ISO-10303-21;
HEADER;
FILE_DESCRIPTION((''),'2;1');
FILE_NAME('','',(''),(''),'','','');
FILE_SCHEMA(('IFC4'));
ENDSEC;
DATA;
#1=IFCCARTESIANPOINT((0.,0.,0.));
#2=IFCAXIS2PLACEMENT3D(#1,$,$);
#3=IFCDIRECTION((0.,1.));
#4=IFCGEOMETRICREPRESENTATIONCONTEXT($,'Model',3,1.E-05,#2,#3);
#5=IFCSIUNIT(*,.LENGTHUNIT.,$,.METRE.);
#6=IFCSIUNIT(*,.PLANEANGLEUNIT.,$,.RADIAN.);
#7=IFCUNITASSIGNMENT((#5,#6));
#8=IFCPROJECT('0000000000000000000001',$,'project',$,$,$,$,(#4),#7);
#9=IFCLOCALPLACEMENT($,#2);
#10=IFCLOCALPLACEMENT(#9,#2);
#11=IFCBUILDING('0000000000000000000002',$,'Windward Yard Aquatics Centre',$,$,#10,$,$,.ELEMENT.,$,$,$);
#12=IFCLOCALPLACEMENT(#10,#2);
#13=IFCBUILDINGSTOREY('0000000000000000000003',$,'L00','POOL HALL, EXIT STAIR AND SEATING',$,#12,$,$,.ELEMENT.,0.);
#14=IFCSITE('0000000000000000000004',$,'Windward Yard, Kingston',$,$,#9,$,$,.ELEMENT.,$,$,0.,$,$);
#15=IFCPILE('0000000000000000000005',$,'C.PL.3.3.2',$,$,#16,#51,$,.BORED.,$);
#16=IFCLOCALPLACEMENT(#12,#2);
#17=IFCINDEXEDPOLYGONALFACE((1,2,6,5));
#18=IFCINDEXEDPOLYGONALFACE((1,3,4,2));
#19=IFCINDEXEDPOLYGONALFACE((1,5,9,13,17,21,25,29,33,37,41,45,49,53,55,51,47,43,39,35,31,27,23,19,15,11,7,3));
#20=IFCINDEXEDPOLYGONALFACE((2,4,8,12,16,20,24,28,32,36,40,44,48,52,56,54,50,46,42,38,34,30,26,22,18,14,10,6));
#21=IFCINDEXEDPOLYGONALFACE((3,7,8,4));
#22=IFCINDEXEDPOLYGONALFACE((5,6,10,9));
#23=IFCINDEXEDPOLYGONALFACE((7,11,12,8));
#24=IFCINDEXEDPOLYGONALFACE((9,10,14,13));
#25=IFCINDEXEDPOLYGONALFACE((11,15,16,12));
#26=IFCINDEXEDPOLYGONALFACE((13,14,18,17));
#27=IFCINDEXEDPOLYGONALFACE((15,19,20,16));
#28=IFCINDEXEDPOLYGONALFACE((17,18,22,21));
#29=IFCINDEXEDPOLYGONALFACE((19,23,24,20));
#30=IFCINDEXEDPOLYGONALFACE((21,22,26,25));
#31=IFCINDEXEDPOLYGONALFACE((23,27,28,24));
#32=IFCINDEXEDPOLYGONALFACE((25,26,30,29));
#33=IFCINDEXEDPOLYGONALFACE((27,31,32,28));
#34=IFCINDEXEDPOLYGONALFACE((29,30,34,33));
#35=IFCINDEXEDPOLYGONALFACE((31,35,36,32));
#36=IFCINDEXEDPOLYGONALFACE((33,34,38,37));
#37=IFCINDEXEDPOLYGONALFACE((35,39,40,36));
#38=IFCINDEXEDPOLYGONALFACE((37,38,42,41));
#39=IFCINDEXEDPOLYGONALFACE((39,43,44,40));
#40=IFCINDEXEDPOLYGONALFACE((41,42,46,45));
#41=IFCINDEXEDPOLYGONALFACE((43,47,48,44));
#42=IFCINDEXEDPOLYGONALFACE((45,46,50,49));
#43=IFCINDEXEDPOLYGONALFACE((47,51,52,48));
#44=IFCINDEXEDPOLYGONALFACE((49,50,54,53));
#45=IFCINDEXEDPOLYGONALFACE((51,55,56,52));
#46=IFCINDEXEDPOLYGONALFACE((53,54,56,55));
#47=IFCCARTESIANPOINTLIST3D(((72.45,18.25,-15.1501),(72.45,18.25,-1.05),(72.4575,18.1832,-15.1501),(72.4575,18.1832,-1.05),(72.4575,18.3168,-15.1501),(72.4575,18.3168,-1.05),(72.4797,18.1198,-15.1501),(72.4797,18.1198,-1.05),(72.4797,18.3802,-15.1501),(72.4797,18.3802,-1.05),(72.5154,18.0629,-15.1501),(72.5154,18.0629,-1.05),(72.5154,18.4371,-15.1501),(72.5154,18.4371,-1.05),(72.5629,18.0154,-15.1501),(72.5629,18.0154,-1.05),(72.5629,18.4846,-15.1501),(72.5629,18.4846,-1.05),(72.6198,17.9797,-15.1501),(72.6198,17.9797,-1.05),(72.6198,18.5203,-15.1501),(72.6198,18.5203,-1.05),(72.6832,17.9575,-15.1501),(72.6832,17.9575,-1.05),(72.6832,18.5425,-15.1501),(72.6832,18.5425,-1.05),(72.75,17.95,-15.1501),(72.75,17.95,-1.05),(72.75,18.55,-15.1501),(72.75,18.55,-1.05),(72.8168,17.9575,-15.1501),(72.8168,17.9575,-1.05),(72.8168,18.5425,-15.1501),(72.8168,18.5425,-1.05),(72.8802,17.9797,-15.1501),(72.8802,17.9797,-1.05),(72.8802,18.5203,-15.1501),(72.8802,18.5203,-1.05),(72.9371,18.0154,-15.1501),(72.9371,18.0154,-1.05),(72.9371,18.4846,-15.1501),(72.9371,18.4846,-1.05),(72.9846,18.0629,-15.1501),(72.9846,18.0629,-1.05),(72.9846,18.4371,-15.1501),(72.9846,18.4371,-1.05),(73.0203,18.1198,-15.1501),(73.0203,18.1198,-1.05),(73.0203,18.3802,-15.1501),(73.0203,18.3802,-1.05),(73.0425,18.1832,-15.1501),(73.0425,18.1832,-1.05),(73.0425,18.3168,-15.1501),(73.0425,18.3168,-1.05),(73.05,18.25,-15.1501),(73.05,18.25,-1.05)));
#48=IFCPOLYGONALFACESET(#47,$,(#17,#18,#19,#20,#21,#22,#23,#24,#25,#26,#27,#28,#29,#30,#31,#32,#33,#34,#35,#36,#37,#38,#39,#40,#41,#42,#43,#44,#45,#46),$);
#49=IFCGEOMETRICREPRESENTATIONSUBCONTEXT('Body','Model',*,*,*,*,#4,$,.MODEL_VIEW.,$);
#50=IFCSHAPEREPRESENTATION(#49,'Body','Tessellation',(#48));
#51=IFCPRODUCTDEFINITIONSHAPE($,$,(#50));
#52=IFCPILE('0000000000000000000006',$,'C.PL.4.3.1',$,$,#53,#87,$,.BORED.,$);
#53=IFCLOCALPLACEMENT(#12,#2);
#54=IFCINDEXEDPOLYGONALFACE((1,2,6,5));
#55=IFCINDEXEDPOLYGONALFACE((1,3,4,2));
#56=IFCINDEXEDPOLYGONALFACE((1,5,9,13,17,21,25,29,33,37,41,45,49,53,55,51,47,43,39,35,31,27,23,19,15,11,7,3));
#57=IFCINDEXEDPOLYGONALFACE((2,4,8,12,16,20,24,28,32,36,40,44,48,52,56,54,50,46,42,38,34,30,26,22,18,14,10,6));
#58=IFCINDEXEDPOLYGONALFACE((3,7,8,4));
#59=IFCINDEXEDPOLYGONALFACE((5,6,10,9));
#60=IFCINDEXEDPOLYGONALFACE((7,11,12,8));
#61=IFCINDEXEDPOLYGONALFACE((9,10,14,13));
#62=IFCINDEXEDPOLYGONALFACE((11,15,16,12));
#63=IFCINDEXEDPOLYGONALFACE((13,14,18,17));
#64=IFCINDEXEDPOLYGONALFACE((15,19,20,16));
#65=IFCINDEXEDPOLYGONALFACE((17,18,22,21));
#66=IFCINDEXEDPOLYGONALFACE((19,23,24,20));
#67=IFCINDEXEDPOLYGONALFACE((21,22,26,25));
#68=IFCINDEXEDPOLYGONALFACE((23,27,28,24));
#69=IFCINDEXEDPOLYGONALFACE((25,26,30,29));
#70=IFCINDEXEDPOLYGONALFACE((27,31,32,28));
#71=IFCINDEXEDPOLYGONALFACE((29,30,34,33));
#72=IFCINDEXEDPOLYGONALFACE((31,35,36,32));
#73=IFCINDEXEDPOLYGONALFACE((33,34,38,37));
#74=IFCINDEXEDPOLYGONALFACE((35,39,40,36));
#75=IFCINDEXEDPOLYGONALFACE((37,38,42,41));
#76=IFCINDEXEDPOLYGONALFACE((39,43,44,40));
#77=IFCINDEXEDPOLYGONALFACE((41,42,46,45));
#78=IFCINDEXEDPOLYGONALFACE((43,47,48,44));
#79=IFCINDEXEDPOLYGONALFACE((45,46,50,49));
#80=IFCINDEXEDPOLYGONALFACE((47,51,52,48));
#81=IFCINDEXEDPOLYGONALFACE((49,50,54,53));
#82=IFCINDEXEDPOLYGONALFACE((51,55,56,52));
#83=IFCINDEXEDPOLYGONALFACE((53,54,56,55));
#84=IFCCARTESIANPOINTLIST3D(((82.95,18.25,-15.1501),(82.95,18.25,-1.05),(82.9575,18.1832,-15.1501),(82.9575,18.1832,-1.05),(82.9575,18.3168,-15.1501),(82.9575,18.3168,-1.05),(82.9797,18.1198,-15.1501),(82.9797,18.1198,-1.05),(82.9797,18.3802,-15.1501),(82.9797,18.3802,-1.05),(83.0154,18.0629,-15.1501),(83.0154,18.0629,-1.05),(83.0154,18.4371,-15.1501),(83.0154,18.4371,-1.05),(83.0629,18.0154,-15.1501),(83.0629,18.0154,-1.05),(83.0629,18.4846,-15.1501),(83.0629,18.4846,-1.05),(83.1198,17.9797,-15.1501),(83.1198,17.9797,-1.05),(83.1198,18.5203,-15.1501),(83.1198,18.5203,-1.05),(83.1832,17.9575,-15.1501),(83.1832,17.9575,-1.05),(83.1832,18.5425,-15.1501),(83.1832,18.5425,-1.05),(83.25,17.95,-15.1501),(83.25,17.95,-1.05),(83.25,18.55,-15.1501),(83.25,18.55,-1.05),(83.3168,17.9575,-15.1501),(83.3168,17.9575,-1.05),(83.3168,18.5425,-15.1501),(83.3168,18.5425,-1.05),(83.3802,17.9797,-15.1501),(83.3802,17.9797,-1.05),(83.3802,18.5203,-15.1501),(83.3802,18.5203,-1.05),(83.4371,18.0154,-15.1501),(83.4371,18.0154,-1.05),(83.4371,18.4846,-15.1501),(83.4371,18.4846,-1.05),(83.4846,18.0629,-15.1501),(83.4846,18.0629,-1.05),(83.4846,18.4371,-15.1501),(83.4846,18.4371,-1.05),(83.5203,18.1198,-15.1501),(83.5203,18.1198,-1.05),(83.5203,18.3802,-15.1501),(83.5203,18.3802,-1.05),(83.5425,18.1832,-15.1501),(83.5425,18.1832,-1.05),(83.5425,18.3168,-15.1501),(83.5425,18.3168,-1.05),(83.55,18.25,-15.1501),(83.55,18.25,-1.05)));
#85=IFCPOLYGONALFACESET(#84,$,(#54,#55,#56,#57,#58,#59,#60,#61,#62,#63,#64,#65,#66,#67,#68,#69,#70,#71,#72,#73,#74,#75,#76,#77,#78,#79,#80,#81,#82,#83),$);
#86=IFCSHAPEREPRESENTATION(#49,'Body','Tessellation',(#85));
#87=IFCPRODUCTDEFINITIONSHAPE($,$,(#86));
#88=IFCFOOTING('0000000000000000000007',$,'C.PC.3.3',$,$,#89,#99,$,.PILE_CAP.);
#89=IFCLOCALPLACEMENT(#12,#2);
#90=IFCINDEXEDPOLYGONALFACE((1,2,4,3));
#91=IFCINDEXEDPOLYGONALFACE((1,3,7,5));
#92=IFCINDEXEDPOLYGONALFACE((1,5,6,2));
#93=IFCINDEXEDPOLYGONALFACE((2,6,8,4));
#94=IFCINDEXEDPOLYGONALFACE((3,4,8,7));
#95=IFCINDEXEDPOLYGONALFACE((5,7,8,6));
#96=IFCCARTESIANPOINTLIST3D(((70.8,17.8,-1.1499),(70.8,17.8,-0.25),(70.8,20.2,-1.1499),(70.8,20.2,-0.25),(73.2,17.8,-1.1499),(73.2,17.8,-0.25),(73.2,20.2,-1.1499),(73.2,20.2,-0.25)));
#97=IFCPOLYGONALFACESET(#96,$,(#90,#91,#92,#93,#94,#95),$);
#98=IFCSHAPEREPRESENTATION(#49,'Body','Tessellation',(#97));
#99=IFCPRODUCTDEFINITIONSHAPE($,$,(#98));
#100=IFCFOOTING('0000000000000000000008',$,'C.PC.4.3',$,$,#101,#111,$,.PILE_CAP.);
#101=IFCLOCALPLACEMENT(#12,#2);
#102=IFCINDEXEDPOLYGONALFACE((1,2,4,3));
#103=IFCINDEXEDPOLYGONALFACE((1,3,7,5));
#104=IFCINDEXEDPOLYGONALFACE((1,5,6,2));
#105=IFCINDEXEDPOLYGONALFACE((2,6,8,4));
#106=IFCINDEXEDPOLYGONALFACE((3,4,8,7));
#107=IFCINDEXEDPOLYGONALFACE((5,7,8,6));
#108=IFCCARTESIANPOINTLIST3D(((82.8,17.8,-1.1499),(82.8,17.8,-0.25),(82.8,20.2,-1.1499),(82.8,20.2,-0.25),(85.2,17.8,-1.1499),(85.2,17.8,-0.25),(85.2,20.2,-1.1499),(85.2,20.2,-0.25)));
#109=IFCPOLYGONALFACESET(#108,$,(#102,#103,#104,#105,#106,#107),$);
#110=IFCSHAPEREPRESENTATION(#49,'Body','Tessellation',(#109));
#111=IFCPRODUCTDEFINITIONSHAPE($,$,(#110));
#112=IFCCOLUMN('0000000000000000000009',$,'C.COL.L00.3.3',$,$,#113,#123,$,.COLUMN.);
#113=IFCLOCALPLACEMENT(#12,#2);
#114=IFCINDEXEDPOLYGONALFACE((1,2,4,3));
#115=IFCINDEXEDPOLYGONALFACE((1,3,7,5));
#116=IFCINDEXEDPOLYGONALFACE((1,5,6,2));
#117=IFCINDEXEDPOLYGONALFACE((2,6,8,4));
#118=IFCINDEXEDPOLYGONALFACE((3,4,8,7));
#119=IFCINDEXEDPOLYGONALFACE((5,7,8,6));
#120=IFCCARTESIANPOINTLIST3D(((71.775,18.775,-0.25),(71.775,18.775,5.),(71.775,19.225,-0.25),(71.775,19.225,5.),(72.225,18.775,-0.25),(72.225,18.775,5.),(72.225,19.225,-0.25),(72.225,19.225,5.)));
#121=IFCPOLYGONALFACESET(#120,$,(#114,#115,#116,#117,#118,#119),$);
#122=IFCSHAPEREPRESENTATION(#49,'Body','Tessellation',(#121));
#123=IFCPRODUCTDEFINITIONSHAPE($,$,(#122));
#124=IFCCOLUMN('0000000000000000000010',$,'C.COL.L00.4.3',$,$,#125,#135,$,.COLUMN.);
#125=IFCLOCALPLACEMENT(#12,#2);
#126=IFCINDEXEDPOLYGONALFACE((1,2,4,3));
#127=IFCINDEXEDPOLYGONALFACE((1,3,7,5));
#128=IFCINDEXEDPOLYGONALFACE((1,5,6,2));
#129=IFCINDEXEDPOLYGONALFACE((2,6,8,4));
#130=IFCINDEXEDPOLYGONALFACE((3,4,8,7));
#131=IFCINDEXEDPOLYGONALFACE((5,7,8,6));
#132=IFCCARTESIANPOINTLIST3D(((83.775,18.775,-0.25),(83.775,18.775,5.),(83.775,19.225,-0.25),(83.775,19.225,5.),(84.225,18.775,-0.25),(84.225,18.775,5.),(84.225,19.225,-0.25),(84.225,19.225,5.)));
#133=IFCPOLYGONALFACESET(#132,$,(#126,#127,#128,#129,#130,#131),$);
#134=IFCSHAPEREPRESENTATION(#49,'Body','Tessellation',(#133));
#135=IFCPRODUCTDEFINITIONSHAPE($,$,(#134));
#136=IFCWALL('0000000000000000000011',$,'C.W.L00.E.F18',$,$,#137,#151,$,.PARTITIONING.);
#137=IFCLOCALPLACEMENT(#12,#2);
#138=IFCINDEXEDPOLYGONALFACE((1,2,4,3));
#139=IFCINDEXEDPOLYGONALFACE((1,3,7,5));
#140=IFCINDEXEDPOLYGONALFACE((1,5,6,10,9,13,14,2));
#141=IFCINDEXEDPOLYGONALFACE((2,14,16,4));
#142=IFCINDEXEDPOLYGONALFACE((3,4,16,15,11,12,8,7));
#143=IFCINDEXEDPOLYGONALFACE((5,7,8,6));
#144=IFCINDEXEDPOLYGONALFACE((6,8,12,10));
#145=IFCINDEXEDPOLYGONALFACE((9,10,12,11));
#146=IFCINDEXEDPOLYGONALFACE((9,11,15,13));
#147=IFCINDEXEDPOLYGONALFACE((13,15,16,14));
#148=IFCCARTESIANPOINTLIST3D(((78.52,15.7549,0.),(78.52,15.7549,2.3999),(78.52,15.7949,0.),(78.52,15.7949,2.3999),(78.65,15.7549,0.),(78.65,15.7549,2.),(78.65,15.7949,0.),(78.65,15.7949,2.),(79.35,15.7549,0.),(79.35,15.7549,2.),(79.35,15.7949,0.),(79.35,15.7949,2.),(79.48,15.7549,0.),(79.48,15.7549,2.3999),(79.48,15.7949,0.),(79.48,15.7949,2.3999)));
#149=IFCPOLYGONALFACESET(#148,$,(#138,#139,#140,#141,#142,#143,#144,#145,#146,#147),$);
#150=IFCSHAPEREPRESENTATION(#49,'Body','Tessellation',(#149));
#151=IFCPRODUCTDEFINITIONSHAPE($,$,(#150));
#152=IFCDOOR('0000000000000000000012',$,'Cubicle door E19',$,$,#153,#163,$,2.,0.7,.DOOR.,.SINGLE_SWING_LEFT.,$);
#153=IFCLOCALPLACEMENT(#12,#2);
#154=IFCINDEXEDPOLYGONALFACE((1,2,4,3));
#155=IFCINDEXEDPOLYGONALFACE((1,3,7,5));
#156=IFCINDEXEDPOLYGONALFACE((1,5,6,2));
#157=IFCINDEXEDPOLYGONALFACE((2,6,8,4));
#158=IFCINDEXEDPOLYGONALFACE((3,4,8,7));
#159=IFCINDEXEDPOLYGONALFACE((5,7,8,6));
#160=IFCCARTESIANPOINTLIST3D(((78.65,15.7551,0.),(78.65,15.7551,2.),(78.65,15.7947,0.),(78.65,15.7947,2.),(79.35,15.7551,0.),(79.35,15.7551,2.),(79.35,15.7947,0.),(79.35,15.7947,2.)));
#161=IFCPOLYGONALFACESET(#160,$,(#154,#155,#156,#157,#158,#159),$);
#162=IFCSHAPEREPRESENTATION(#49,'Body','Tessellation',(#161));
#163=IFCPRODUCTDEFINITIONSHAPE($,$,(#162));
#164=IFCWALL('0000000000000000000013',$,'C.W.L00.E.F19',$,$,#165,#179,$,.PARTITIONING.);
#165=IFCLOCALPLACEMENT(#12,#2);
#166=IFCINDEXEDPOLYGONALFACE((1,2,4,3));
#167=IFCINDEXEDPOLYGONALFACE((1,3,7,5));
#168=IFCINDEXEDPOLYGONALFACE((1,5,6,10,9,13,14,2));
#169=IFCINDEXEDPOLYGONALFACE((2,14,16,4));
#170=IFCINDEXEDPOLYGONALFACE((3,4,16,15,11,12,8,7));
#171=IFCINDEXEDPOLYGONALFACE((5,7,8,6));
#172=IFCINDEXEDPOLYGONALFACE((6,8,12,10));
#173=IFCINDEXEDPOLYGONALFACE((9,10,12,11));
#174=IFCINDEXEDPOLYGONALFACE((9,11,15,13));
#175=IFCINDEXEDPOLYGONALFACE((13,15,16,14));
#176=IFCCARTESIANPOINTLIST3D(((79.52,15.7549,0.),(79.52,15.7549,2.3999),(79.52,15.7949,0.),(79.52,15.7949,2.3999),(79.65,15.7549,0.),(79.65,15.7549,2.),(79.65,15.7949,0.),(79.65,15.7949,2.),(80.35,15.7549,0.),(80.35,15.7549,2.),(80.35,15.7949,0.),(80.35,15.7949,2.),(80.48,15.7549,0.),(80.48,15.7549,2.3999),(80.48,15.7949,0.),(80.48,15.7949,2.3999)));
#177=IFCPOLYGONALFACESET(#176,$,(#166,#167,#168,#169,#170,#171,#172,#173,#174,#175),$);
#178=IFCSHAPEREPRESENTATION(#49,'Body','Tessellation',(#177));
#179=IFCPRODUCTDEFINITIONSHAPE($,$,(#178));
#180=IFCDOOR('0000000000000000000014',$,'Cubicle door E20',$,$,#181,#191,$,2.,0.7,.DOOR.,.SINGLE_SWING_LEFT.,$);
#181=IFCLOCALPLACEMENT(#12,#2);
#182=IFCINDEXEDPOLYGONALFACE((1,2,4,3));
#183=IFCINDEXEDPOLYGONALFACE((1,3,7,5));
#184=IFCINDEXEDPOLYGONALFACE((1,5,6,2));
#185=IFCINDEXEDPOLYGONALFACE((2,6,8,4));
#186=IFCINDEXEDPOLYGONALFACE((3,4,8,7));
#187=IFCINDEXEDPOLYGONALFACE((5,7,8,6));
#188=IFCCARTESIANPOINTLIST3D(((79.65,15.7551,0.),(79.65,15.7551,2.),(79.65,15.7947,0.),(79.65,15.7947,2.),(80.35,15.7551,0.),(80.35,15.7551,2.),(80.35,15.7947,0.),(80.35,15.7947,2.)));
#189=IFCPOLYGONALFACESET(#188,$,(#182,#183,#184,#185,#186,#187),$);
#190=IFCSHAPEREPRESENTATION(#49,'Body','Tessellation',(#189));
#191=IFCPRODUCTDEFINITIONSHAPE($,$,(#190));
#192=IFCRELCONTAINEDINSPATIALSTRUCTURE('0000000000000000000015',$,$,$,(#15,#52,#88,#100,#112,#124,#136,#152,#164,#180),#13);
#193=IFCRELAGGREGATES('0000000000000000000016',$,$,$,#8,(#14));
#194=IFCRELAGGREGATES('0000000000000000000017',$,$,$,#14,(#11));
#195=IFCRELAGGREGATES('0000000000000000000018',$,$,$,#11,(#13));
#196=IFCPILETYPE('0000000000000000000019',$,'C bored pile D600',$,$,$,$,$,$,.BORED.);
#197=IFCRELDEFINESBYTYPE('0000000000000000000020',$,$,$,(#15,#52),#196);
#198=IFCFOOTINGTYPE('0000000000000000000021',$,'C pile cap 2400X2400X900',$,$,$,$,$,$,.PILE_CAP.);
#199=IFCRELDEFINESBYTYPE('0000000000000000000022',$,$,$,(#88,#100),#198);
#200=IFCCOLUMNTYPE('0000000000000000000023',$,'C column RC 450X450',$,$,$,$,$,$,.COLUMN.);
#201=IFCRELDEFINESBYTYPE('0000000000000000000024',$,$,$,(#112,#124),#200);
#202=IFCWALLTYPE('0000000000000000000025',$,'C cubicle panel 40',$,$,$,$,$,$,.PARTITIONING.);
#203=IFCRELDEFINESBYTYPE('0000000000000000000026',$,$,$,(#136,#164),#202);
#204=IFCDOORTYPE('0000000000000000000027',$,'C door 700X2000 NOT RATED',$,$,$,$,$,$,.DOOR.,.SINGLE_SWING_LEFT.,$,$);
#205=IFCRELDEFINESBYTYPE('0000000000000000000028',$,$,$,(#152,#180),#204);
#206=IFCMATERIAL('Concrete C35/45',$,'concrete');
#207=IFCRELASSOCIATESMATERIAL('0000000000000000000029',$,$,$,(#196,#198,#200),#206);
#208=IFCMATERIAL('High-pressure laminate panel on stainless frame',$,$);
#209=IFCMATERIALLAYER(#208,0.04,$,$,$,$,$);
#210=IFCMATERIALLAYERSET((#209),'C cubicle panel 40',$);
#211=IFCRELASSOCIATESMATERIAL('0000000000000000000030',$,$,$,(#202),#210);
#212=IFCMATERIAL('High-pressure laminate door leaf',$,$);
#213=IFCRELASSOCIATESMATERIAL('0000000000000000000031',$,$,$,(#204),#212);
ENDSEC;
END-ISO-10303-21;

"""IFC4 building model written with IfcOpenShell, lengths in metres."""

from ifc_helpers import new_model, si_unit, direction, frame, frame_2d, origin, origin_2d, place, context, subcontext, project, spatial, rectangle, circle, extrude, material, layer, layer_set, material_profile, profile_set, type_object, element, fill, save


model = new_model("IFC4")

# Units and contexts
model_context = context("Model", 3, precision=1e-05, world=origin(), true_north=direction((0.0, 1.0)))
body_context = subcontext(model_context, "Body", "Model", "MODEL_VIEW")
ifc_project = project(units=[si_unit("LENGTHUNIT", "METRE"), si_unit("PLANEANGLEUNIT", "RADIAN")], contexts=[model_context])

# Site, building, storey
site_placement = place(None, origin())
site = spatial("IfcSite", under=ifc_project, at=site_placement, Name="Windward Yard, Kingston", CompositionType="ELEMENT", RefElevation=0.0)
building_placement = place(site_placement, origin())
building = spatial("IfcBuilding", under=site, at=building_placement, Name="Windward Yard Aquatics Centre", CompositionType="ELEMENT")
storey_placement = place(building_placement, origin())
storey = spatial("IfcBuildingStorey", under=building, at=storey_placement, Name="L00", Description="POOL HALL, EXIT STAIR AND SEATING", CompositionType="ELEMENT", Elevation=0.0)

# Piles
ifc_material_1 = material(Name="Concrete C35/45", Category="concrete")
ifc_material_profile_1 = material_profile(ifc_material_1, circle(Radius=0.3, at=origin_2d()), Name="RC D600")
ifc_profile_set_1 = profile_set([ifc_material_profile_1], Name="Concrete C35/45")
pile_type = type_object("IfcPileType", Name="C bored pile D600", PredefinedType="BORED", material=ifc_profile_set_1)
for number, where, z_axis, x_axis, name in (
    (1, (72.75, 18.25, -1.05), (0.0, 0.0, -1.0), (1.0, 0.0, 0.0), "C.PL.3.3.2"),
    (2, (83.25, 18.25, -1.05), (0.0, 0.0, -1.0), (1.0, 0.0, 0.0), "C.PL.4.3.1"),
):
    element("IfcPile", number, at=place(storey_placement, frame(where, z_axis=z_axis, x_axis=x_axis)), inside=storey, type_object=pile_type, Name=name, PredefinedType="BORED", context=body_context, shape_type="SweptSolid", body=[
        extrude(circle(Radius=0.3, at=origin_2d()), origin(), (0.0, 0.0, 1.0), 14.1001),
    ])

# Footings
footing_type = type_object("IfcFootingType", Name="C pile cap 2400X2400X900", PredefinedType="PILE_CAP", material=ifc_material_1)
for number, where, z_axis, x_axis, name in (
    (3, (72.0, 19.0, -1.1499), (0.0, 0.0, 1.0), (1.0, 0.0, 0.0), "C.PC.3.3"),
    (4, (84.0, 19.0, -1.1499), (0.0, 0.0, 1.0), (1.0, 0.0, 0.0), "C.PC.4.3"),
):
    element("IfcFooting", number, at=place(storey_placement, frame(where, z_axis=z_axis, x_axis=x_axis)), inside=storey, type_object=footing_type, Name=name, PredefinedType="PILE_CAP", context=body_context, shape_type="SweptSolid", body=[
        extrude(rectangle(XDim=2.3999, YDim=2.3999, at=origin_2d()), origin(), (0.0, 0.0, 1.0), 0.8999),
    ])

# Columns
ifc_material_profile_2 = material_profile(ifc_material_1, rectangle(XDim=0.45, YDim=0.45, at=origin_2d()), Name="RC 450X450")
ifc_profile_set_2 = profile_set([ifc_material_profile_2], Name="Concrete C35/45")
column_type = type_object("IfcColumnType", Name="C column RC 450X450", PredefinedType="COLUMN", material=ifc_profile_set_2)
for number, where, z_axis, x_axis, name in (
    (5, (72.0, 19.0, -0.25), (0.0, 0.0, 1.0), (1.0, 0.0, 0.0), "C.COL.L00.3.3"),
    (6, (84.0, 19.0, -0.25), (0.0, 0.0, 1.0), (1.0, 0.0, 0.0), "C.COL.L00.4.3"),
):
    element("IfcColumn", number, at=place(storey_placement, frame(where, z_axis=z_axis, x_axis=x_axis)), inside=storey, type_object=column_type, Name=name, PredefinedType="COLUMN", context=body_context, shape_type="SweptSolid", body=[
        extrude(rectangle(XDim=0.45, YDim=0.45, at=origin_2d()), origin(), (0.0, 0.0, 1.0), 5.25),
    ])

# Walls, openings, doors
ifc_material_2 = material(Name="High-pressure laminate panel on stainless frame")
ifc_layer_1 = layer(ifc_material_2, 0.04)
ifc_layer_set_1 = layer_set([ifc_layer_1], Name="C cubicle panel 40")
wall_type_1 = type_object("IfcWallType", Name="C cubicle panel 40", PredefinedType="PARTITIONING", material=ifc_layer_set_1)
wall_1_placement = place(storey_placement, frame((78.52, 15.7749, 0.0), z_axis=(0.0, 0.0, 1.0), x_axis=(1.0, 0.0, 0.0)))
wall_1 = element("IfcWall", 7, at=wall_1_placement, inside=storey, type_object=wall_type_1, Name="C.W.L00.E.F18", PredefinedType="PARTITIONING", context=body_context, shape_type="SweptSolid", body=[
    extrude(rectangle(XDim=0.96, YDim=0.04, at=frame_2d((0.48, 0.0))), origin(), (0.0, 0.0, 1.0), 2.3999),
])
opening_1_placement = place(wall_1_placement, frame((0.1299, 0.0, 0.0)))
opening_1 = element("IfcOpeningElement", 8, at=opening_1_placement, cuts=wall_1, PredefinedType="OPENING", context=body_context, shape_type="SweptSolid", body=[
    extrude(rectangle(XDim=0.7, YDim=2.0, at=frame_2d((0.3501, 1.0))), frame((0.0, 0.03, 0.0), z_axis=(0.0, -1.0, 0.0), x_axis=(1.0, 0.0, 0.0)), (0.0, 0.0, 1.0), 0.0601),
])
ifc_material_3 = material(Name="High-pressure laminate door leaf")
door_type_1 = type_object("IfcDoorType", Name="C door 700X2000 NOT RATED", OperationType="SINGLE_SWING_LEFT", PredefinedType="DOOR", material=ifc_material_3)
door_1_placement = place(opening_1_placement, origin())
door_1 = element("IfcDoor", 9, at=door_1_placement, inside=storey, type_object=door_type_1, Name="Cubicle door E19", OperationType="SINGLE_SWING_LEFT", OverallHeight=2.0, OverallWidth=0.7, PredefinedType="DOOR", context=body_context, shape_type="SweptSolid", body=[
    extrude(rectangle(XDim=0.7, YDim=2.0, at=frame_2d((0.3501, 1.0))), frame((0.0, 0.0198, 0.0), z_axis=(0.0, -1.0, 0.0), x_axis=(1.0, 0.0, 0.0)), (0.0, 0.0, 1.0), 0.0396),
])
fill(opening_1, door_1)
wall_2_placement = place(storey_placement, frame((79.52, 15.7749, 0.0), z_axis=(0.0, 0.0, 1.0), x_axis=(1.0, 0.0, 0.0)))
wall_2 = element("IfcWall", 10, at=wall_2_placement, inside=storey, type_object=wall_type_1, Name="C.W.L00.E.F19", PredefinedType="PARTITIONING", context=body_context, shape_type="SweptSolid", body=[
    extrude(rectangle(XDim=0.96, YDim=0.04, at=frame_2d((0.48, 0.0))), origin(), (0.0, 0.0, 1.0), 2.3999),
])
opening_2_placement = place(wall_2_placement, frame((0.1299, 0.0, 0.0)))
opening_2 = element("IfcOpeningElement", 11, at=opening_2_placement, cuts=wall_2, PredefinedType="OPENING", context=body_context, shape_type="SweptSolid", body=[
    extrude(rectangle(XDim=0.7, YDim=2.0, at=frame_2d((0.3501, 1.0))), frame((0.0, 0.03, 0.0), z_axis=(0.0, -1.0, 0.0), x_axis=(1.0, 0.0, 0.0)), (0.0, 0.0, 1.0), 0.0601),
])
door_2_placement = place(opening_2_placement, origin())
door_2 = element("IfcDoor", 12, at=door_2_placement, inside=storey, type_object=door_type_1, Name="Cubicle door E20", OperationType="SINGLE_SWING_LEFT", OverallHeight=2.0, OverallWidth=0.7, PredefinedType="DOOR", context=body_context, shape_type="SweptSolid", body=[
    extrude(rectangle(XDim=0.7, YDim=2.0, at=frame_2d((0.3501, 1.0))), frame((0.0, 0.0198, 0.0), z_axis=(0.0, -1.0, 0.0), x_axis=(1.0, 0.0, 0.0)), (0.0, 0.0, 1.0), 0.0396),
])
fill(opening_2, door_2)

save(model, "model.ifc")
